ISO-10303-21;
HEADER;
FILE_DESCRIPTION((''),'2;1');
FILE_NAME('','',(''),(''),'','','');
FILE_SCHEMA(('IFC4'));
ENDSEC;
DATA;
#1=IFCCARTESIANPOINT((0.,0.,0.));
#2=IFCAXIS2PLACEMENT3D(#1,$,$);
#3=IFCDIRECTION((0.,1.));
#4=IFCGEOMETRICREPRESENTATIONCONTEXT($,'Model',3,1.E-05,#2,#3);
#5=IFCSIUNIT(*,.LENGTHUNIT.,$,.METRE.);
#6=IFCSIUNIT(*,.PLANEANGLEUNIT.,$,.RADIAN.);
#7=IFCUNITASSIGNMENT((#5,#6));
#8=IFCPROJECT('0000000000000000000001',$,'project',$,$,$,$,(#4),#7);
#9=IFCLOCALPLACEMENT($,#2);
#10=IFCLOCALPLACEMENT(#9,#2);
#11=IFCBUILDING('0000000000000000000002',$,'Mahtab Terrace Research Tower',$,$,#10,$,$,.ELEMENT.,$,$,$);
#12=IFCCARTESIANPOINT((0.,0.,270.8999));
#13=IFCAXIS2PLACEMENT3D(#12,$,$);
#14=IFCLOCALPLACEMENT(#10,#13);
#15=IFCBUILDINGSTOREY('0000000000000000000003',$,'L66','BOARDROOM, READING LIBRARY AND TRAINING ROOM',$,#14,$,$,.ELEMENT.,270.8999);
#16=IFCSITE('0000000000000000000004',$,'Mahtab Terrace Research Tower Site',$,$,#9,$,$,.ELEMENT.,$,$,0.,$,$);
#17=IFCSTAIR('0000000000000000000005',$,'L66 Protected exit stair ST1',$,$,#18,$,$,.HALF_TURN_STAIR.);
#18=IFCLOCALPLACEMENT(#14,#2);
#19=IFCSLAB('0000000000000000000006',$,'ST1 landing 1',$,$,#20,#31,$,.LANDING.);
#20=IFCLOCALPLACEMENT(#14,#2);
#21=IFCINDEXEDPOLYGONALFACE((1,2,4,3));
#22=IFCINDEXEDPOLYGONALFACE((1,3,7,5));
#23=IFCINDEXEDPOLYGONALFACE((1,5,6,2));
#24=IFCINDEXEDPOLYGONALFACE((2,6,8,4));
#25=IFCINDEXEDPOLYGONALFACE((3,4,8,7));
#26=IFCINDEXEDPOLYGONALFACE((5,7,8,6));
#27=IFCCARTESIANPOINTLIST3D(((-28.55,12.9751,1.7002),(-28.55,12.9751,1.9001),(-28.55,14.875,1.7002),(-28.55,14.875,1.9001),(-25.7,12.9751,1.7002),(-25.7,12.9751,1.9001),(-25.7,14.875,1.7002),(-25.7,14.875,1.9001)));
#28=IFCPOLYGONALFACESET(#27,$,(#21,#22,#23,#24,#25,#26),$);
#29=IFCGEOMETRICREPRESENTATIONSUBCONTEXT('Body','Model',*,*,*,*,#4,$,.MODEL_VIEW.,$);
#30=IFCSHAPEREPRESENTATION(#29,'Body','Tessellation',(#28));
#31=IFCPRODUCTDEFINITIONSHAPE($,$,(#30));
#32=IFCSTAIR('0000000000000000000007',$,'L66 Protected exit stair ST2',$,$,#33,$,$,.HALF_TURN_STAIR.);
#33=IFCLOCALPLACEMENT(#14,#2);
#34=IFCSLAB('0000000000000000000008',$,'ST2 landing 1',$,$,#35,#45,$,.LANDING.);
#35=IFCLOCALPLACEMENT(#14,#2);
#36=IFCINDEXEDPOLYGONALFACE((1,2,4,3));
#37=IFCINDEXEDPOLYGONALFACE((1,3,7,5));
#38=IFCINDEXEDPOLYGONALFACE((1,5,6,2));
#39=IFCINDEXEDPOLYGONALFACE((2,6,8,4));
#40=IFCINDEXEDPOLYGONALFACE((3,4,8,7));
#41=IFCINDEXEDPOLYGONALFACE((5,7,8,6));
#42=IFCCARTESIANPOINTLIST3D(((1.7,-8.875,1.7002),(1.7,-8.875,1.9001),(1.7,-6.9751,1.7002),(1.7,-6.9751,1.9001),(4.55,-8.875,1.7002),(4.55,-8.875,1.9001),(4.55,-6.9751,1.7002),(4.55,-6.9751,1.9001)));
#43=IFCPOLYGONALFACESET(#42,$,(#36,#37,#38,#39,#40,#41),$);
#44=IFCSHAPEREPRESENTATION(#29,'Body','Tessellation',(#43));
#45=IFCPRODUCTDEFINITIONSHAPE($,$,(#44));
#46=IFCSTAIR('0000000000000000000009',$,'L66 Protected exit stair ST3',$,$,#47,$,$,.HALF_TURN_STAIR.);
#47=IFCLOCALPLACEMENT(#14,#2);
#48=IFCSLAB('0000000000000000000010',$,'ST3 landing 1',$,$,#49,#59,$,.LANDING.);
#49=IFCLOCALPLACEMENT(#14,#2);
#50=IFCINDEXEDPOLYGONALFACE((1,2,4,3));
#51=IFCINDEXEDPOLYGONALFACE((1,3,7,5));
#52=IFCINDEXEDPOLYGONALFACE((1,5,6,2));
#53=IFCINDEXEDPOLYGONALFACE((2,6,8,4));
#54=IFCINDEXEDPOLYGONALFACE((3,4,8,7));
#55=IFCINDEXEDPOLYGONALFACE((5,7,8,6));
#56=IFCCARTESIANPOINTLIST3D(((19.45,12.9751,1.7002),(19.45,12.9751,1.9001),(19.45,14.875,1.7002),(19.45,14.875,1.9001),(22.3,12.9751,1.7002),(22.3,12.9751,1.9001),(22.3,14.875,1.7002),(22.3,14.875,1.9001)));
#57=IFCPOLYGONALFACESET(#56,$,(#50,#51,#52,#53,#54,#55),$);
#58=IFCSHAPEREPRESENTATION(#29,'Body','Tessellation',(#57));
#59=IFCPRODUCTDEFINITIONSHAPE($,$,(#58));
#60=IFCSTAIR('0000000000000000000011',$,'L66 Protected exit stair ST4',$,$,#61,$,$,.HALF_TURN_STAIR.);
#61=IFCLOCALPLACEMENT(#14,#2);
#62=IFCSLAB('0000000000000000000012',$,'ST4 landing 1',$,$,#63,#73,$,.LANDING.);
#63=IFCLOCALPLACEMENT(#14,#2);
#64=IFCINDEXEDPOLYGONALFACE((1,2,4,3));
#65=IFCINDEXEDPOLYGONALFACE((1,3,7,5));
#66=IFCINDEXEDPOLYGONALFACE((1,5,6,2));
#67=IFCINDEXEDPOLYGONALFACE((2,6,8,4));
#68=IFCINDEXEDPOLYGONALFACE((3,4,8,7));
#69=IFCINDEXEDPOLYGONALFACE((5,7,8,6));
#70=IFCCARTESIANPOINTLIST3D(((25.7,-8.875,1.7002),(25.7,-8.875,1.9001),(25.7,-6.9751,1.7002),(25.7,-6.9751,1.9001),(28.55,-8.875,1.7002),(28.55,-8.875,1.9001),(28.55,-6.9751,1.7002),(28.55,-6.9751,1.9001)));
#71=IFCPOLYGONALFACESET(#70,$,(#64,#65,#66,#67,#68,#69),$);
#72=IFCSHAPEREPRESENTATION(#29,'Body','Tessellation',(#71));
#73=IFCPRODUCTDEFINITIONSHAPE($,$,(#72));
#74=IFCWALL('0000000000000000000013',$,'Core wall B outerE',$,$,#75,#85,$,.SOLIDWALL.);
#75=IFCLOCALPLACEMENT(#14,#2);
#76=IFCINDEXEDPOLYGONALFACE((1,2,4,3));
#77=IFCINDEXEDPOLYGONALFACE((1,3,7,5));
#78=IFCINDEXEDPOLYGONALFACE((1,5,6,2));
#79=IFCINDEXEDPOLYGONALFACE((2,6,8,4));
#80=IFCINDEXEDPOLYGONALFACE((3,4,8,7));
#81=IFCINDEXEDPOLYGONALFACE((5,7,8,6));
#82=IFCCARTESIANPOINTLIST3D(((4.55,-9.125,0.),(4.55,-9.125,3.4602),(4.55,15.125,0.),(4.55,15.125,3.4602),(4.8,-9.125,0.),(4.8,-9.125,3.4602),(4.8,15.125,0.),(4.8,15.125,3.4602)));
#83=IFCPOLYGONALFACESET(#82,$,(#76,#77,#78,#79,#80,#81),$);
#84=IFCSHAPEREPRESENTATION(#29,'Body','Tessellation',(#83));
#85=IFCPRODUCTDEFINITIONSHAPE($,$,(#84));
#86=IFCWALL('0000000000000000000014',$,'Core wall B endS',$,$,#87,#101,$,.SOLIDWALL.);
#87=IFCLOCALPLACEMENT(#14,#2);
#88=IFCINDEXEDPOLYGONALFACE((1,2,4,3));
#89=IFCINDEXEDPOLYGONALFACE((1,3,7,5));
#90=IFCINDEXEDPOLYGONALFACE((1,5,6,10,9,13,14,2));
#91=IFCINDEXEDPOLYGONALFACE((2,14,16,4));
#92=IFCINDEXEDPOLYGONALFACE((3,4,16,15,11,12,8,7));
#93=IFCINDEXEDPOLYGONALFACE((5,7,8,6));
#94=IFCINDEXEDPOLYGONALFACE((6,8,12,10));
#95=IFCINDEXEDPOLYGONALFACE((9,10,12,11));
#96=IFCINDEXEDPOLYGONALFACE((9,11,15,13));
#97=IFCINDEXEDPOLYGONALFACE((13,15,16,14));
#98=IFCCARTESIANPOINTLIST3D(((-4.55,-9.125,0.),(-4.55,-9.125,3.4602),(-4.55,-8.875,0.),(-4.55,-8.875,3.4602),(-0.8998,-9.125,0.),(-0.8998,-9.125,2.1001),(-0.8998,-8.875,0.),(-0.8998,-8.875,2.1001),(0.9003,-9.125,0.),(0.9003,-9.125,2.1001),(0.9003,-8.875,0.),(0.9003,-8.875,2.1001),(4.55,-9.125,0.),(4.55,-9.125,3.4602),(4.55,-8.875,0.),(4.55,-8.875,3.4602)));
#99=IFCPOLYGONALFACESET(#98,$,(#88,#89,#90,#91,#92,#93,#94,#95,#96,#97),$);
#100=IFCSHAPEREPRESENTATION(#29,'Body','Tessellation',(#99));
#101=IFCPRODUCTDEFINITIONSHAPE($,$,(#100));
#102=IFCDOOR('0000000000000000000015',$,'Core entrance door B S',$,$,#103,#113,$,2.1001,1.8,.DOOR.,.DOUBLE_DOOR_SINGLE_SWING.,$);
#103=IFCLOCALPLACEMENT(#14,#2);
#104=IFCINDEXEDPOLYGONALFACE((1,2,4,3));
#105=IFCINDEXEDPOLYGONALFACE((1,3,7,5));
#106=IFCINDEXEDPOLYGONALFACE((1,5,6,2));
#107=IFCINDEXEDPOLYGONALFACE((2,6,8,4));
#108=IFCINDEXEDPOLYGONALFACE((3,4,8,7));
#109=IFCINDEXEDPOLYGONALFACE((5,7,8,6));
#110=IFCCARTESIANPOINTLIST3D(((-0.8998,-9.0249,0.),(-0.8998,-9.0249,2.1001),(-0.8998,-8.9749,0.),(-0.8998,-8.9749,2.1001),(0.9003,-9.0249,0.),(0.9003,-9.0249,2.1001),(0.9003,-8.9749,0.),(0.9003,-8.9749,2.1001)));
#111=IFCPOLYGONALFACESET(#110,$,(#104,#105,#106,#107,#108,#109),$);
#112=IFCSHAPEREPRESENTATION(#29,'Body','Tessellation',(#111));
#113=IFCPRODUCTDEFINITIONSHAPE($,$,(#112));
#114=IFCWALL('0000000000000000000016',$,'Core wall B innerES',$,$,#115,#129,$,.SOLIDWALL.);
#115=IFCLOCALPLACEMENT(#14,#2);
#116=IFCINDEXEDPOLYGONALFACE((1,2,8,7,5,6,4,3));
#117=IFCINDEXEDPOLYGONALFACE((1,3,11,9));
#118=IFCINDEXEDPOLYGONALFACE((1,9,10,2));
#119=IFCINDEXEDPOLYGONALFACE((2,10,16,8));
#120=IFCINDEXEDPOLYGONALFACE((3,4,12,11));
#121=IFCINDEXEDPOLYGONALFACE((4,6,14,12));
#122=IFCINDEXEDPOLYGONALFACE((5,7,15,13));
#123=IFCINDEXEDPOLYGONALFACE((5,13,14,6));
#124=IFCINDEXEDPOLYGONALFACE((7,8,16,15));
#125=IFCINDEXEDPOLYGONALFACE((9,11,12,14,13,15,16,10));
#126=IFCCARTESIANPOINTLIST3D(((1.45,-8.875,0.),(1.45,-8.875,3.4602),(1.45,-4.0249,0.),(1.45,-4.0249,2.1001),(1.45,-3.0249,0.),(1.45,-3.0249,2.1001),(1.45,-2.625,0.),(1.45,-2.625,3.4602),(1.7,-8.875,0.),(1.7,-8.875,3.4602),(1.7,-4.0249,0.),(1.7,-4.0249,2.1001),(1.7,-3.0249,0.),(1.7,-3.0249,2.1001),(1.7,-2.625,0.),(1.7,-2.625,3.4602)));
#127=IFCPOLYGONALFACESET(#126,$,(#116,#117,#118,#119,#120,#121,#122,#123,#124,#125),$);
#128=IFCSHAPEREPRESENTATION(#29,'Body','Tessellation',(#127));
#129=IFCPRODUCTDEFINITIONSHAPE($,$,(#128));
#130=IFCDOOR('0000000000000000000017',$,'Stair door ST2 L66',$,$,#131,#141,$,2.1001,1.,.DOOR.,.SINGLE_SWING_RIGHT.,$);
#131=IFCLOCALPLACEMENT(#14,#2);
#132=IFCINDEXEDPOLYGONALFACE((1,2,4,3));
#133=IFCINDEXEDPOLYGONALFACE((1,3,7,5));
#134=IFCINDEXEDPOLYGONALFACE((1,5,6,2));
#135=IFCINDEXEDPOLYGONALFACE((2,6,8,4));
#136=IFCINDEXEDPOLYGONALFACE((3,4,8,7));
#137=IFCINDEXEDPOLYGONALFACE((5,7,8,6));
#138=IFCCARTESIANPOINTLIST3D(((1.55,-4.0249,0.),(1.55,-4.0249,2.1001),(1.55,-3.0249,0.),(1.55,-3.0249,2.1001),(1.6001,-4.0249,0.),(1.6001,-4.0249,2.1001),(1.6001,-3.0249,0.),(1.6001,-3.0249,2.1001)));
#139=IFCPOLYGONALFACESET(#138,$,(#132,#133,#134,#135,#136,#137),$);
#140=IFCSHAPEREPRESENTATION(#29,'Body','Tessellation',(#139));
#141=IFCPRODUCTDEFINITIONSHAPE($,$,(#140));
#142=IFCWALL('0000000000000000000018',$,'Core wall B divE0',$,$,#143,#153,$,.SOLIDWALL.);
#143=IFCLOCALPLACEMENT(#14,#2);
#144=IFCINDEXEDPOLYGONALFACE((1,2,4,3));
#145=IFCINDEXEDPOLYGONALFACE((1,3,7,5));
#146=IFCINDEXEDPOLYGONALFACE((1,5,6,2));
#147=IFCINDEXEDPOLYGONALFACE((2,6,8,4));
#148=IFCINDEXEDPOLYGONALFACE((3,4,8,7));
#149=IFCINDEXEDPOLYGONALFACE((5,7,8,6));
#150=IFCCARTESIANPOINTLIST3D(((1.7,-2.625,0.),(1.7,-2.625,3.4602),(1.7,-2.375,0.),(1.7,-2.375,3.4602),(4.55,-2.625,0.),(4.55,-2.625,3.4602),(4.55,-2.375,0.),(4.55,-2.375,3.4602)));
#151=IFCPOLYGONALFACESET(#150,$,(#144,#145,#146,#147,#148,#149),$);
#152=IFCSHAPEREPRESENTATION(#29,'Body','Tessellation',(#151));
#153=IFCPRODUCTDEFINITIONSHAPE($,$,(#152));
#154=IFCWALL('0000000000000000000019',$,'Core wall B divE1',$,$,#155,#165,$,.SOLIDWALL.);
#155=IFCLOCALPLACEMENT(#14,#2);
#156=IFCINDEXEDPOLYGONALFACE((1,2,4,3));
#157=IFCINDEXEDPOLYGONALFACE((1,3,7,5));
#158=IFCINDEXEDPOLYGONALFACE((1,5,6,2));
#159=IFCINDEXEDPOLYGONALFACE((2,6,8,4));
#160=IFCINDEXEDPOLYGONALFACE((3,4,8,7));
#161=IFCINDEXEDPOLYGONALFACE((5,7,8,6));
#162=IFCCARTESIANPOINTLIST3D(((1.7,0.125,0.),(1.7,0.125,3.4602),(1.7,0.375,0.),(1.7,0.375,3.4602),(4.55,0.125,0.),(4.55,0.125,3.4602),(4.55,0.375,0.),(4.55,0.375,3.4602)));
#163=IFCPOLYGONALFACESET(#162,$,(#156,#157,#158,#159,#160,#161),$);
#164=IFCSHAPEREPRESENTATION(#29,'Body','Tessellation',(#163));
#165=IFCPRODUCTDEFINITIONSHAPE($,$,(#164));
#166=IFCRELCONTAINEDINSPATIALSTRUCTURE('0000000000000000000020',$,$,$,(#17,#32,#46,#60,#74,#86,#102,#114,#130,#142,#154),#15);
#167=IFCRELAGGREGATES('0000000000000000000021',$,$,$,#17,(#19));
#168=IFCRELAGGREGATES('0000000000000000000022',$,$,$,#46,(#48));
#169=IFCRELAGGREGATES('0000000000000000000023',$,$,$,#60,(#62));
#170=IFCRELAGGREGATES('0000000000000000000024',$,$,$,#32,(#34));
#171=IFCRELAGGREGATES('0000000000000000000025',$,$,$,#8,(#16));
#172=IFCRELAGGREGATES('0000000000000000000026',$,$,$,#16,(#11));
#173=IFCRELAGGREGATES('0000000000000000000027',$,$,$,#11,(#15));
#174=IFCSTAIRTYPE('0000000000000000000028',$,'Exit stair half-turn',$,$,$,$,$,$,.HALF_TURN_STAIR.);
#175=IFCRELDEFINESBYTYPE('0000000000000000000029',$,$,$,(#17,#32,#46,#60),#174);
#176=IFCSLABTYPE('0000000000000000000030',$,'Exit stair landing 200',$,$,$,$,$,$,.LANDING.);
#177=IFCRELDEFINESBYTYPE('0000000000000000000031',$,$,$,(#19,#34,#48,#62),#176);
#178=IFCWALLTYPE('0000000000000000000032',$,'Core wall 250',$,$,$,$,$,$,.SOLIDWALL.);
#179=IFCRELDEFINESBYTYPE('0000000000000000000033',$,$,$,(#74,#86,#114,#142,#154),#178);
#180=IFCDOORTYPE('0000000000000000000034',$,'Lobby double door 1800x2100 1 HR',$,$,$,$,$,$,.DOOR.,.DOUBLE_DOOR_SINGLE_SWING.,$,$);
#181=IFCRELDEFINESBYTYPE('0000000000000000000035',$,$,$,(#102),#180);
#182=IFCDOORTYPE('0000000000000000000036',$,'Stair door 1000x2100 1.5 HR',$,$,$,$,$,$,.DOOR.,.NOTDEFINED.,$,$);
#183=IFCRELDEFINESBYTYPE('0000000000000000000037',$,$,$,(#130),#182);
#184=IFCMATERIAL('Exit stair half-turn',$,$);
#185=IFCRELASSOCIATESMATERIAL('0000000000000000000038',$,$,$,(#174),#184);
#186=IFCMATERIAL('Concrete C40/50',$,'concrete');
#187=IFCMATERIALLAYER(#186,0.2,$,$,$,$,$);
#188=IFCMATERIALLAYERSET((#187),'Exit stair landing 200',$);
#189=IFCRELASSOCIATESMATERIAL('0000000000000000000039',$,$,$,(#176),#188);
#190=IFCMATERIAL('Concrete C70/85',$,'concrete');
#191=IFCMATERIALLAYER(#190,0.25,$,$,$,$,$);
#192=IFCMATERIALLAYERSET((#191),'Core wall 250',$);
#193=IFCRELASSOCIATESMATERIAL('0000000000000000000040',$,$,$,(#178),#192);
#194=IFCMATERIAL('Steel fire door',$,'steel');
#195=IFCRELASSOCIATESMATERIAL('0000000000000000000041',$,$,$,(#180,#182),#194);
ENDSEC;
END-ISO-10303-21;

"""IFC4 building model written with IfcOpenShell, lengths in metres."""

from ifc_helpers import new_model, si_unit, direction, frame, frame_2d, origin, place, context, subcontext, project, spatial, polyline, rectangle, outline, extrude, material, layer, layer_set, type_object, element, fill, aggregate, save


model = new_model("IFC4")

# Units and contexts
model_context = context("Model", 3, precision=1e-05, world=origin(), true_north=direction((0.0, 1.0)))
body_context = subcontext(model_context, "Body", "Model", "MODEL_VIEW")
ifc_project = project(units=[si_unit("LENGTHUNIT", "METRE"), si_unit("PLANEANGLEUNIT", "RADIAN")], contexts=[model_context])

# Site, building, storey
site_placement = place(None, origin())
site = spatial("IfcSite", under=ifc_project, at=site_placement, Name="Mahtab Terrace Research Tower Site", CompositionType="ELEMENT", RefElevation=0.0)
building_placement = place(site_placement, origin())
building = spatial("IfcBuilding", under=site, at=building_placement, Name="Mahtab Terrace Research Tower", CompositionType="ELEMENT")
storey_placement = place(building_placement, frame((0.0, 0.0, 270.8999)))
storey = spatial("IfcBuildingStorey", under=building, at=storey_placement, Name="L66", Description="BOARDROOM, READING LIBRARY AND TRAINING ROOM", CompositionType="ELEMENT", Elevation=270.8999)

# Stairs, slabs
ifc_material_1 = material(Name="Exit stair half-turn")
stair_type = type_object("IfcStairType", Name="Exit stair half-turn", PredefinedType="HALF_TURN_STAIR", material=ifc_material_1)
stair_1_placement = place(storey_placement, origin())
stair_1 = element("IfcStair", 1, at=stair_1_placement, inside=storey, type_object=stair_type, Name="L66 Protected exit stair ST1", PredefinedType="HALF_TURN_STAIR")
ifc_material_2 = material(Name="Concrete C40/50", Category="concrete")
ifc_layer_1 = layer(ifc_material_2, 0.2)
ifc_layer_set_1 = layer_set([ifc_layer_1], Name="Exit stair landing 200")
slab_type = type_object("IfcSlabType", Name="Exit stair landing 200", PredefinedType="LANDING", material=ifc_layer_set_1)
slab_1_placement = place(storey_placement, frame((0.0, 0.0, 1.7002)))
slab_1 = element("IfcSlab", 2, at=slab_1_placement, type_object=slab_type, Name="ST1 landing 1", PredefinedType="LANDING", context=body_context, shape_type="SweptSolid", body=[
    extrude(outline(polyline([(-25.7, 12.9751), (-25.7, 14.875), (-28.55, 14.875), (-28.55, 12.9751), (-25.7, 12.9751)])), origin(), (0.0, 0.0, 1.0), 0.2),
])
aggregate(stair_1, [slab_1])
stair_2_placement = place(storey_placement, origin())
stair_2 = element("IfcStair", 3, at=stair_2_placement, inside=storey, type_object=stair_type, Name="L66 Protected exit stair ST2", PredefinedType="HALF_TURN_STAIR")
slab_2_placement = place(storey_placement, frame((0.0, 0.0, 1.7002)))
slab_2 = element("IfcSlab", 4, at=slab_2_placement, type_object=slab_type, Name="ST2 landing 1", PredefinedType="LANDING", context=body_context, shape_type="SweptSolid", body=[
    extrude(outline(polyline([(1.7, -6.9751), (1.7, -8.875), (4.55, -8.875), (4.55, -6.9751), (1.7, -6.9751)])), origin(), (0.0, 0.0, 1.0), 0.2),
])
stair_3_placement = place(storey_placement, origin())
stair_3 = element("IfcStair", 5, at=stair_3_placement, inside=storey, type_object=stair_type, Name="L66 Protected exit stair ST3", PredefinedType="HALF_TURN_STAIR")
slab_3_placement = place(storey_placement, frame((0.0, 0.0, 1.7002)))
slab_3 = element("IfcSlab", 6, at=slab_3_placement, type_object=slab_type, Name="ST3 landing 1", PredefinedType="LANDING", context=body_context, shape_type="SweptSolid", body=[
    extrude(outline(polyline([(22.3, 12.9751), (22.3, 14.875), (19.45, 14.875), (19.45, 12.9751), (22.3, 12.9751)])), origin(), (0.0, 0.0, 1.0), 0.2),
])
aggregate(stair_3, [slab_3])
stair_4_placement = place(storey_placement, origin())
stair_4 = element("IfcStair", 7, at=stair_4_placement, inside=storey, type_object=stair_type, Name="L66 Protected exit stair ST4", PredefinedType="HALF_TURN_STAIR")
slab_4_placement = place(storey_placement, frame((0.0, 0.0, 1.7002)))
slab_4 = element("IfcSlab", 8, at=slab_4_placement, type_object=slab_type, Name="ST4 landing 1", PredefinedType="LANDING", context=body_context, shape_type="SweptSolid", body=[
    extrude(outline(polyline([(25.7, -6.9751), (25.7, -8.875), (28.55, -8.875), (28.55, -6.9751), (25.7, -6.9751)])), origin(), (0.0, 0.0, 1.0), 0.2),
])
aggregate(stair_4, [slab_4])

# Wall
ifc_material_3 = material(Name="Concrete C70/85", Category="concrete")
ifc_layer_2 = layer(ifc_material_3, 0.25)
ifc_layer_set_2 = layer_set([ifc_layer_2], Name="Core wall 250")
wall_type = type_object("IfcWallType", Name="Core wall 250", PredefinedType="SOLIDWALL", material=ifc_layer_set_2)
wall_1_placement = place(storey_placement, frame((4.675, -9.125, 0.0), z_axis=(0.0, 0.0, 1.0), x_axis=(0.0, 1.0, 0.0)))
element("IfcWall", 9, at=wall_1_placement, inside=storey, type_object=wall_type, Name="Core wall B outerE", PredefinedType="SOLIDWALL", context=body_context, shape_type="SweptSolid", body=[
    extrude(rectangle(XDim=24.25, YDim=0.25, at=frame_2d((12.125, 0.0))), origin(), (0.0, 0.0, 1.0), 3.4602),
])

# Walls, openings, doors
wall_2_placement = place(storey_placement, frame((4.55, -9.0, 0.0), z_axis=(0.0, 0.0, 1.0), x_axis=(-1.0, 0.0, 0.0)))
wall_2 = element("IfcWall", 10, at=wall_2_placement, inside=storey, type_object=wall_type, Name="Core wall B endS", PredefinedType="SOLIDWALL", context=body_context, shape_type="SweptSolid", body=[
    extrude(rectangle(XDim=9.1001, YDim=0.25, at=frame_2d((4.55, 0.0))), origin(), (0.0, 0.0, 1.0), 3.4602),
])
opening_1_placement = place(wall_2_placement, frame((3.6499, 0.0, 0.0)))
opening_1 = element("IfcOpeningElement", 11, at=opening_1_placement, cuts=wall_2, PredefinedType="OPENING", context=body_context, shape_type="SweptSolid", body=[
    extrude(rectangle(XDim=1.8, YDim=2.1001, at=frame_2d((0.8999, 1.05))), frame((0.0, 0.135, 0.0), z_axis=(0.0, -1.0, 0.0), x_axis=(1.0, 0.0, 0.0)), (0.0, 0.0, 1.0), 0.27),
])
ifc_material_4 = material(Name="Steel fire door", Category="steel")
door_type_1 = type_object("IfcDoorType", Name="Lobby double door 1800x2100 1 HR", OperationType="DOUBLE_DOOR_SINGLE_SWING", PredefinedType="DOOR", material=ifc_material_4)
door_1_placement = place(opening_1_placement, origin())
door_1 = element("IfcDoor", 12, at=door_1_placement, inside=storey, type_object=door_type_1, Name="Core entrance door B S", OperationType="DOUBLE_DOOR_SINGLE_SWING", OverallHeight=2.1001, OverallWidth=1.8, PredefinedType="DOOR", context=body_context, shape_type="SweptSolid", body=[
    extrude(rectangle(XDim=1.8, YDim=2.1001, at=frame_2d((0.8999, 1.05))), frame((0.0, 0.0249, 0.0), z_axis=(0.0, -1.0, 0.0), x_axis=(1.0, 0.0, 0.0)), (0.0, 0.0, 1.0), 0.05),
])
fill(opening_1, door_1)
wall_3_placement = place(storey_placement, frame((1.575, -8.875, 0.0), z_axis=(0.0, 0.0, 1.0), x_axis=(0.0, 1.0, 0.0)))
wall_3 = element("IfcWall", 13, at=wall_3_placement, inside=storey, type_object=wall_type, Name="Core wall B innerES", PredefinedType="SOLIDWALL", context=body_context, shape_type="SweptSolid", body=[
    extrude(rectangle(XDim=6.25, YDim=0.25, at=frame_2d((3.125, 0.0))), origin(), (0.0, 0.0, 1.0), 3.4602),
])
opening_2_placement = place(wall_3_placement, frame((4.8501, 0.0, 0.0)))
opening_2 = element("IfcOpeningElement", 14, at=opening_2_placement, cuts=wall_3, PredefinedType="OPENING", context=body_context, shape_type="SweptSolid", body=[
    extrude(rectangle(XDim=1.0, YDim=2.1001, at=frame_2d((0.5, 1.05))), frame((0.0, 0.135, 0.0), z_axis=(0.0, -1.0, 0.0), x_axis=(1.0, 0.0, 0.0)), (0.0, 0.0, 1.0), 0.27),
])
door_type_2 = type_object("IfcDoorType", Name="Stair door 1000x2100 1.5 HR", OperationType="NOTDEFINED", PredefinedType="DOOR", material=ifc_material_4)
door_2_placement = place(opening_2_placement, origin())
door_2 = element("IfcDoor", 15, at=door_2_placement, inside=storey, type_object=door_type_2, Name="Stair door ST2 L66", OperationType="SINGLE_SWING_RIGHT", OverallHeight=2.1001, OverallWidth=1.0, PredefinedType="DOOR", context=body_context, shape_type="SweptSolid", body=[
    extrude(rectangle(XDim=1.0, YDim=2.1001, at=frame_2d((0.5, 1.05))), frame((0.0, 0.0249, 0.0), z_axis=(0.0, -1.0, 0.0), x_axis=(1.0, 0.0, 0.0)), (0.0, 0.0, 1.0), 0.05),
])
fill(opening_2, door_2)

# Walls
for number, where, z_axis, x_axis, name in (
    (16, (1.7, -2.5, 0.0), (0.0, 0.0, 1.0), (1.0, 0.0, 0.0), "Core wall B divE0"),
    (17, (1.7, 0.25, 0.0), (0.0, 0.0, 1.0), (1.0, 0.0, 0.0), "Core wall B divE1"),
):
    element("IfcWall", number, at=place(storey_placement, frame(where, z_axis=z_axis, x_axis=x_axis)), inside=storey, type_object=wall_type, Name=name, PredefinedType="SOLIDWALL", context=body_context, shape_type="SweptSolid", body=[
        extrude(rectangle(XDim=2.8501, YDim=0.25, at=frame_2d((1.425, 0.0))), origin(), (0.0, 0.0, 1.0), 3.4602),
    ])

aggregate(stair_2, [slab_2])

save(model, "model.ifc")
